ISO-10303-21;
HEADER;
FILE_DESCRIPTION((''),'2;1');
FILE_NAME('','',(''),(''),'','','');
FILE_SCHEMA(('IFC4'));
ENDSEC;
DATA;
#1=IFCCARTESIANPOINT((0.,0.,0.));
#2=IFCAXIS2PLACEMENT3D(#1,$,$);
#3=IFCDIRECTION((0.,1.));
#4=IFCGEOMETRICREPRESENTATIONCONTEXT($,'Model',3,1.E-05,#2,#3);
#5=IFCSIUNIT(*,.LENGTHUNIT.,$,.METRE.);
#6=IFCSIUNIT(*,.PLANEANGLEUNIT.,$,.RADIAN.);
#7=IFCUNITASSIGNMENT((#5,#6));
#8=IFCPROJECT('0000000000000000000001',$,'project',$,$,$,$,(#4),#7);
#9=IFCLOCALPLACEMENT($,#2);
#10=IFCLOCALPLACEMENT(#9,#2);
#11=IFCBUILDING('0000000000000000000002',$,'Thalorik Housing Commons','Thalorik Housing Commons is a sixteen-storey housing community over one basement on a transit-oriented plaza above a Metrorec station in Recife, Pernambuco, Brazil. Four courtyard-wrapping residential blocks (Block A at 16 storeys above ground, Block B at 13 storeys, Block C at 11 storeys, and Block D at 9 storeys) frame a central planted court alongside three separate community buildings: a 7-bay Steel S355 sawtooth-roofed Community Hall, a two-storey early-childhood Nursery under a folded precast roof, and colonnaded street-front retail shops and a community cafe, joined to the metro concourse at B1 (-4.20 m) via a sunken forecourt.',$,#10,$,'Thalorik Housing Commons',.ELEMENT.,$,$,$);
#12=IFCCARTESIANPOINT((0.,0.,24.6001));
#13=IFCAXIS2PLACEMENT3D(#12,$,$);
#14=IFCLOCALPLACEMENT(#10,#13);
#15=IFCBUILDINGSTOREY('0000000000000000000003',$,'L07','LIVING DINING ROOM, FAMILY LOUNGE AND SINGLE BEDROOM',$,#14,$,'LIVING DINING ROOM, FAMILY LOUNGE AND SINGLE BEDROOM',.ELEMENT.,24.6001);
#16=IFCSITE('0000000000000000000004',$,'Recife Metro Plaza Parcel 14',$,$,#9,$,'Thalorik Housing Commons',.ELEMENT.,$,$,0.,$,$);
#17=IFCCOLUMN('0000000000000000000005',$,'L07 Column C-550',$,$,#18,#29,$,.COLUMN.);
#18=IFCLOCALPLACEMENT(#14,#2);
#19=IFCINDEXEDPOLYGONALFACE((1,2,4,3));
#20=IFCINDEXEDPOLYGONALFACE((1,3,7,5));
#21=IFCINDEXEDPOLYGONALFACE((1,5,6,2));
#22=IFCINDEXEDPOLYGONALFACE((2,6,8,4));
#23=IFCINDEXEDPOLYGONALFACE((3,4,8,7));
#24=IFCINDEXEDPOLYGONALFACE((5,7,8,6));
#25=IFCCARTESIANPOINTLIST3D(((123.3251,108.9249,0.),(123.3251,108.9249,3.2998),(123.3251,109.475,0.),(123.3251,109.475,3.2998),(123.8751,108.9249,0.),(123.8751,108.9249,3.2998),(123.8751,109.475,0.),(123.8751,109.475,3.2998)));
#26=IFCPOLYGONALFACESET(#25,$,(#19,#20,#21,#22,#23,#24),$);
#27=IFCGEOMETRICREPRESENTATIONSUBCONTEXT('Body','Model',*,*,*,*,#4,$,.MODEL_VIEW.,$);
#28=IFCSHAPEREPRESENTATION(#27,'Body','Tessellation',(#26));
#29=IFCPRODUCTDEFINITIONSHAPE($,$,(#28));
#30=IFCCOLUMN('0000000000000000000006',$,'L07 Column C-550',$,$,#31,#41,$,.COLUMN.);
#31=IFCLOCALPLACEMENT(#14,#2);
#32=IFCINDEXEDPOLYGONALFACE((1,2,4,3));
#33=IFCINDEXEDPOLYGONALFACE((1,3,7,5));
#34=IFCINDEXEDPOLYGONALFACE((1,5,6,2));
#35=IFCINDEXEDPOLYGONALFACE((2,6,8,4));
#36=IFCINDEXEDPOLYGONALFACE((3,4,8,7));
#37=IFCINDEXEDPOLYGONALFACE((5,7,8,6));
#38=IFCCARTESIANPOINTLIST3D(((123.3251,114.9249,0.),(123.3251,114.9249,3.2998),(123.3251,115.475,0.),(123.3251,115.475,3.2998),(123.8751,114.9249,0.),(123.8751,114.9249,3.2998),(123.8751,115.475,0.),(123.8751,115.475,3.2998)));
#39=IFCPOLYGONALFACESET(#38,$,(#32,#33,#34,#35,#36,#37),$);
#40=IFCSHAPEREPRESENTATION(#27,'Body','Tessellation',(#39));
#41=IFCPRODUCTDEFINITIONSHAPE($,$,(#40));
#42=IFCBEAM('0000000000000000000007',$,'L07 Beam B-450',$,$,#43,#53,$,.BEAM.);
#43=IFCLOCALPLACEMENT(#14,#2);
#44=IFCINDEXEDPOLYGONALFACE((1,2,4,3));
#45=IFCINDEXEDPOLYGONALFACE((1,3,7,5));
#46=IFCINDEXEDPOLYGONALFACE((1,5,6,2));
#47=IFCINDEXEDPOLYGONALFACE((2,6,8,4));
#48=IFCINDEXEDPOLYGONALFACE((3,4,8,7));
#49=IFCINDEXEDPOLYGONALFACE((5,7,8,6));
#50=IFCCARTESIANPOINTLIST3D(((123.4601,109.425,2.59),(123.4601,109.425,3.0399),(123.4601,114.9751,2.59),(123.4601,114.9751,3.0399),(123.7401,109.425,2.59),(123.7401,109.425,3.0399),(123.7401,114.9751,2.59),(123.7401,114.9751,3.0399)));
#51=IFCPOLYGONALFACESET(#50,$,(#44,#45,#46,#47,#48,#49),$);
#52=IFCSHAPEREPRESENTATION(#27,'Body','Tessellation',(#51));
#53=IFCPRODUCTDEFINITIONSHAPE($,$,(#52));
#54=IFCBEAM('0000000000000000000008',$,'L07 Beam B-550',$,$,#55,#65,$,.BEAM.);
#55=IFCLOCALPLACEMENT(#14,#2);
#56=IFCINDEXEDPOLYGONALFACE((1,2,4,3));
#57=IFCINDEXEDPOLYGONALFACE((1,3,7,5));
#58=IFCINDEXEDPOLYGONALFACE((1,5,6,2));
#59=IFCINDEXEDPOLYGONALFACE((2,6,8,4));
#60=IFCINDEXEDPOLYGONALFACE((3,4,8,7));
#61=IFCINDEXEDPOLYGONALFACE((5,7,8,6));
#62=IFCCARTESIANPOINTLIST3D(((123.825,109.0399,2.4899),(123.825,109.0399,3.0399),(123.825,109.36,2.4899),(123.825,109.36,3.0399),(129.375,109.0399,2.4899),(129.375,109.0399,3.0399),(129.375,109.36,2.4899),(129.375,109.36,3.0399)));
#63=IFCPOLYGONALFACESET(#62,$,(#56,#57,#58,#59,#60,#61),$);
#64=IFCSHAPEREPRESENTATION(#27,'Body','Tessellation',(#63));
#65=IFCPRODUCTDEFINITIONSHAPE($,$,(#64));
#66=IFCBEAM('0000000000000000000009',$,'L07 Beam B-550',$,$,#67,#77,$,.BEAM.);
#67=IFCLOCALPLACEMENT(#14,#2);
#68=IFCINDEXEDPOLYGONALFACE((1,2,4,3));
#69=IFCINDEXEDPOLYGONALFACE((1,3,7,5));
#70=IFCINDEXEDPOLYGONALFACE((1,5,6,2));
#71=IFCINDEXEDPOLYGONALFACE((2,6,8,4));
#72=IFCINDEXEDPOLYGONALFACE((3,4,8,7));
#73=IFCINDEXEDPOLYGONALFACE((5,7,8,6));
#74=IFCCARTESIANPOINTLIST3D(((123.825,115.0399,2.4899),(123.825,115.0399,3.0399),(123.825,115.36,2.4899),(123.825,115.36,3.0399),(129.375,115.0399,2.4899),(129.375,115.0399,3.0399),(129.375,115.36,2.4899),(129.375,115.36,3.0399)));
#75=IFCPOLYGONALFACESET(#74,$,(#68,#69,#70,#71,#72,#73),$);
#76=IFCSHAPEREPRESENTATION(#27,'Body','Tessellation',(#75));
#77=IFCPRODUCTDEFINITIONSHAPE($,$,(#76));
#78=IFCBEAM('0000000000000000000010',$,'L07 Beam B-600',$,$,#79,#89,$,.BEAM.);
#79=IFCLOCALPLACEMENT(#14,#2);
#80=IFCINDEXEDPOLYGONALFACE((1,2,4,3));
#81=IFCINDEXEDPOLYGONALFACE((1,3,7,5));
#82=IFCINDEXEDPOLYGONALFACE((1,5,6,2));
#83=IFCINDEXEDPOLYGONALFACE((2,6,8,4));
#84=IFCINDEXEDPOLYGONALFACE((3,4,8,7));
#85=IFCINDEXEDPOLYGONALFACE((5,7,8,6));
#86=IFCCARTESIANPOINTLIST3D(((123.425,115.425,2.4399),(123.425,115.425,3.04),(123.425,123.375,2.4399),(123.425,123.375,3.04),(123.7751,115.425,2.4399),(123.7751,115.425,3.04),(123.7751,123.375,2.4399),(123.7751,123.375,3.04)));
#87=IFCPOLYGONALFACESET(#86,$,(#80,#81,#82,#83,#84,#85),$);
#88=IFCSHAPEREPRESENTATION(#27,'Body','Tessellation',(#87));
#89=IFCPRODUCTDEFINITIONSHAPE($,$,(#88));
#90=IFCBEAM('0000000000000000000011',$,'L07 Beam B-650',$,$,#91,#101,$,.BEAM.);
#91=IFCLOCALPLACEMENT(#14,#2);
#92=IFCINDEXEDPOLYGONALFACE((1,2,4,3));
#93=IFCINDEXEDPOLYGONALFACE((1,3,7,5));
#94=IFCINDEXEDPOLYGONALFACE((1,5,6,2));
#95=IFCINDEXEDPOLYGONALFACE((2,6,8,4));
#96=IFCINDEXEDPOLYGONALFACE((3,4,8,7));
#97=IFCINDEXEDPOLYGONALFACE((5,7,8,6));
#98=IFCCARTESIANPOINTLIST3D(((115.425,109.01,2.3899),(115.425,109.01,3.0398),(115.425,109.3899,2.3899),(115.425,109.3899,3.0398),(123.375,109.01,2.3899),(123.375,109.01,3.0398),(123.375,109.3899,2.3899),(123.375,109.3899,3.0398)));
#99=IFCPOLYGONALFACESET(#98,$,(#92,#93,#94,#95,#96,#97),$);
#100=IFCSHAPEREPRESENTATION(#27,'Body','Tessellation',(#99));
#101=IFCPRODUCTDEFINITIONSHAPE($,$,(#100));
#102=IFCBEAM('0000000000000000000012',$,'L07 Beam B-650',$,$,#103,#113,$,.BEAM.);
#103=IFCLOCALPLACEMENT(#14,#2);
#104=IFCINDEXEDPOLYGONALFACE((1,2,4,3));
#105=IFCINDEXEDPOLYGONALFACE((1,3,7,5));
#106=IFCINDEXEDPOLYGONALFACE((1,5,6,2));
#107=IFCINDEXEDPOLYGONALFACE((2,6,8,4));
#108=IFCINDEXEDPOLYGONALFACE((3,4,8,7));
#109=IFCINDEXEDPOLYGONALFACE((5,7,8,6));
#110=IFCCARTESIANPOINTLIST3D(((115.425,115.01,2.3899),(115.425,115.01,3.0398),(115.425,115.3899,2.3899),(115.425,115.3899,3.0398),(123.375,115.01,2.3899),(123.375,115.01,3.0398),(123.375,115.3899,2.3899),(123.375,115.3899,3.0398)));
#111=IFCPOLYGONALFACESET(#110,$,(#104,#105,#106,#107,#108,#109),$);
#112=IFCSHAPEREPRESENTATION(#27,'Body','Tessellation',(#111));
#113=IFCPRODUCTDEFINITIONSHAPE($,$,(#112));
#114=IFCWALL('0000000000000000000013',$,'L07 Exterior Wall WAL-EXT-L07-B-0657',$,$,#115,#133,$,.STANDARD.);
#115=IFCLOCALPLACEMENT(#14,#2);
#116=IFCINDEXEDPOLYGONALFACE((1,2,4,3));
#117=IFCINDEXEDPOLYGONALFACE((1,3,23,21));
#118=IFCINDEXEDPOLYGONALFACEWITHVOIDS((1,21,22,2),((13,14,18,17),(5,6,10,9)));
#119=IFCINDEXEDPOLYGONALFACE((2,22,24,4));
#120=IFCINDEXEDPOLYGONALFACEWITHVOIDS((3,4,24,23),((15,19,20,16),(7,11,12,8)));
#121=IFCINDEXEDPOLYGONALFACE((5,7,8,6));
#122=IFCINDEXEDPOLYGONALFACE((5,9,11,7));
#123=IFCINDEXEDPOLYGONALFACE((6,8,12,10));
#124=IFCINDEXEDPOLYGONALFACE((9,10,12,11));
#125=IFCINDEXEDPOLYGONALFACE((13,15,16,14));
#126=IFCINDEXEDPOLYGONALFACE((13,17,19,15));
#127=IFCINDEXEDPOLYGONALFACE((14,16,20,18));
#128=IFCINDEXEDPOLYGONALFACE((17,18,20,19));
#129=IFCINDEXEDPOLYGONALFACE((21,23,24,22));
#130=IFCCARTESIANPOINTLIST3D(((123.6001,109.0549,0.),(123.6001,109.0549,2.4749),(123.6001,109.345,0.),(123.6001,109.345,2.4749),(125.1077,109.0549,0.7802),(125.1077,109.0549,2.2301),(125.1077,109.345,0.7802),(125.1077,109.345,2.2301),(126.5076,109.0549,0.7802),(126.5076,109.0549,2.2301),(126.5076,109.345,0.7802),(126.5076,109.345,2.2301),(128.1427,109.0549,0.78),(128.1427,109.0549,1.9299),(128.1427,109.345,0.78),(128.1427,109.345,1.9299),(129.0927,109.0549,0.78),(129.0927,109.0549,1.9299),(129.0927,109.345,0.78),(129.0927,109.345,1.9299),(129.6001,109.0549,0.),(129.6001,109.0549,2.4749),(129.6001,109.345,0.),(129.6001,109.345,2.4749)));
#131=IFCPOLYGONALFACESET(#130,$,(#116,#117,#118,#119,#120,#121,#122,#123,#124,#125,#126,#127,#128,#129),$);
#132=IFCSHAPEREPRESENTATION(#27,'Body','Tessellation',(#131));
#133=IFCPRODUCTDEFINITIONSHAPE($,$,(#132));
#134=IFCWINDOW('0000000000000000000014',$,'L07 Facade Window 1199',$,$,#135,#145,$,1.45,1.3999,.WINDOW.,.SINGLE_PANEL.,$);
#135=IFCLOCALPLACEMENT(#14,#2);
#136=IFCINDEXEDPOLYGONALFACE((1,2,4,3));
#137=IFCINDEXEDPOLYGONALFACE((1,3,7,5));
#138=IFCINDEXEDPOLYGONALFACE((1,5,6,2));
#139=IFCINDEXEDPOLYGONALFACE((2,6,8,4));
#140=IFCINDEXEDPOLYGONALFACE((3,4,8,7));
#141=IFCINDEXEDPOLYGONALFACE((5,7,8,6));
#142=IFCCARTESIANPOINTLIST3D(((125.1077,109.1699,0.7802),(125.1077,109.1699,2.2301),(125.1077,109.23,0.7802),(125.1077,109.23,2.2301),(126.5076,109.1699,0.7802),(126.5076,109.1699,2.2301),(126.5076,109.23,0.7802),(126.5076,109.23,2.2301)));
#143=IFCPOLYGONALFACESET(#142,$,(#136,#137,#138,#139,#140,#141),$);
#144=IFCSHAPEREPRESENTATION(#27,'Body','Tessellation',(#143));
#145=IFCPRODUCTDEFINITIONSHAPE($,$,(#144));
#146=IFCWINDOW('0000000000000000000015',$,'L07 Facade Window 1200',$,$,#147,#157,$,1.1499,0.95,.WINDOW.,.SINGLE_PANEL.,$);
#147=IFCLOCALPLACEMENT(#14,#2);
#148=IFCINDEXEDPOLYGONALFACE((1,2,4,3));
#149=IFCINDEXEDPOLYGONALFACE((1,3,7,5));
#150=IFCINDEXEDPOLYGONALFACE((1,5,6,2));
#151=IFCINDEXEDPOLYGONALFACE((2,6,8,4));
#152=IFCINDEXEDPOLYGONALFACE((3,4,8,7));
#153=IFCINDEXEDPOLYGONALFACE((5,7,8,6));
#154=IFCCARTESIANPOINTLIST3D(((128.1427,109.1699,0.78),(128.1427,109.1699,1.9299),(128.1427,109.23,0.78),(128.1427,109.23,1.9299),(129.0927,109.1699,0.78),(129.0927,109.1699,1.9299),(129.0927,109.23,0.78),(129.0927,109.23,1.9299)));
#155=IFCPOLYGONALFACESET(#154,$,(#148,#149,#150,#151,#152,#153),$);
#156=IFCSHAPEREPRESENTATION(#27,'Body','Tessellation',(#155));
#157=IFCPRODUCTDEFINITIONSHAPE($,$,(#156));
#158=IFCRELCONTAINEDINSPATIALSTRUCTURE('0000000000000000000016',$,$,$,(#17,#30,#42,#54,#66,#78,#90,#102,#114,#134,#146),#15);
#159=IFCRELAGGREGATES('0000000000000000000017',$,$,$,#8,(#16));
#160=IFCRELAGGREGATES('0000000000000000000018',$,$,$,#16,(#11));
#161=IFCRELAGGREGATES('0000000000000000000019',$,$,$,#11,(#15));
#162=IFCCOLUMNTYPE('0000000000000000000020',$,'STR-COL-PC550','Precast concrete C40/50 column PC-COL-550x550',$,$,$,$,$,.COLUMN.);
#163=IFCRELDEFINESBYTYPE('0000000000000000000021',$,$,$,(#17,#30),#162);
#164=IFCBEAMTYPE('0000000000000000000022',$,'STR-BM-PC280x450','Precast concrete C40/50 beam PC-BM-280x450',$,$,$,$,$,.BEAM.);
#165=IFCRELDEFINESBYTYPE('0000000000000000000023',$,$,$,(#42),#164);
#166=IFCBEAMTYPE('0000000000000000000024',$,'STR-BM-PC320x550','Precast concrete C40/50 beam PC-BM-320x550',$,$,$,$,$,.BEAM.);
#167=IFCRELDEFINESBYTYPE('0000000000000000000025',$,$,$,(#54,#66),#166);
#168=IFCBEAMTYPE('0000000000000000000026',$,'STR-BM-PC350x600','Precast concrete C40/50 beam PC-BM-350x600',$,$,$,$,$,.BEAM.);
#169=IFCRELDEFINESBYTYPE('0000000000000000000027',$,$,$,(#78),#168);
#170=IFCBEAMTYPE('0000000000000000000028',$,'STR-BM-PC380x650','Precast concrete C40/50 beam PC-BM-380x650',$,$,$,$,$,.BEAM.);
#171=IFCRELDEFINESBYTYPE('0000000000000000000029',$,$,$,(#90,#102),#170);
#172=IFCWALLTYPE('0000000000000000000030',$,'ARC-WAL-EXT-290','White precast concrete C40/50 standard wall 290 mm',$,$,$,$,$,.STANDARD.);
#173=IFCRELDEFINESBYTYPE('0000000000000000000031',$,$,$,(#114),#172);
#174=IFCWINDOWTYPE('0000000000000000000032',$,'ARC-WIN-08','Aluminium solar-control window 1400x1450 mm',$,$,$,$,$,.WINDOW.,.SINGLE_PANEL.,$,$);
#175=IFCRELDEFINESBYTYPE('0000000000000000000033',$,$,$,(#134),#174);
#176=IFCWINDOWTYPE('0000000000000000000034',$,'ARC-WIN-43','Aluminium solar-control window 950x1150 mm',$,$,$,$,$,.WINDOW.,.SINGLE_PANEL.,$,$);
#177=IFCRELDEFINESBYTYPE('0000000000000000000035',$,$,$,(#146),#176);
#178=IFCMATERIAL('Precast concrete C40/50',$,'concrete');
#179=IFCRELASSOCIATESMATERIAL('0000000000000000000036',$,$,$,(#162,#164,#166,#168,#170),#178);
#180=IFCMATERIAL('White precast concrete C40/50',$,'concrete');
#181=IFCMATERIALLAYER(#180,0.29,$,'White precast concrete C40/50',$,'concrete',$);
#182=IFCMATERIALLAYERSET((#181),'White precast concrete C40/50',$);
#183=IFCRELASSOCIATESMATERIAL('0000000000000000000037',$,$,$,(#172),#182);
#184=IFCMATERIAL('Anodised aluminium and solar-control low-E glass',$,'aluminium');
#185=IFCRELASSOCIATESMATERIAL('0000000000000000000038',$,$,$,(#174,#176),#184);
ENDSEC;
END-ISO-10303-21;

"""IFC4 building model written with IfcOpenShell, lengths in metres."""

from ifc_helpers import new_model, si_unit, direction, frame, frame_2d, origin, origin_2d, place, context, subcontext, project, spatial, rectangle, extrude, material, layer, layer_set, material_profile, profile_set, type_object, element, fill, save


model = new_model("IFC4")

# Units and contexts
model_context = context("Model", 3, precision=1e-05, world=origin(), true_north=direction((0.0, 1.0)))
body_context = subcontext(model_context, "Body", "Model", "MODEL_VIEW")
ifc_project = project(units=[si_unit("LENGTHUNIT", "METRE"), si_unit("PLANEANGLEUNIT", "RADIAN")], contexts=[model_context])

# Site, building, storey
site_placement = place(None, origin())
site = spatial("IfcSite", under=ifc_project, at=site_placement, Name="Recife Metro Plaza Parcel 14", LongName="Thalorik Housing Commons", CompositionType="ELEMENT", RefElevation=0.0)
building_placement = place(site_placement, origin())
building = spatial("IfcBuilding", under=site, at=building_placement, Name="Thalorik Housing Commons", Description="Thalorik Housing Commons is a sixteen-storey housing community over one basement on a transit-oriented plaza above a Metrorec station in Recife, Pernambuco, Brazil. Four courtyard-wrapping residential blocks (Block A at 16 storeys above ground, Block B at 13 storeys, Block C at 11 storeys, and Block D at 9 storeys) frame a central planted court alongside three separate community buildings: a 7-bay Steel S355 sawtooth-roofed Community Hall, a two-storey early-childhood Nursery under a folded precast roof, and colonnaded street-front retail shops and a community cafe, joined to the metro concourse at B1 (-4.20 m) via a sunken forecourt.", LongName="Thalorik Housing Commons", CompositionType="ELEMENT")
storey_placement = place(building_placement, frame((0.0, 0.0, 24.6001)))
storey = spatial("IfcBuildingStorey", under=building, at=storey_placement, Name="L07", Description="LIVING DINING ROOM, FAMILY LOUNGE AND SINGLE BEDROOM", LongName="LIVING DINING ROOM, FAMILY LOUNGE AND SINGLE BEDROOM", CompositionType="ELEMENT", Elevation=24.6001)

# Columns
ifc_material_1 = material(Name="Precast concrete C40/50", Category="concrete")
ifc_material_profile_1 = material_profile(ifc_material_1, rectangle(XDim=0.55, YDim=0.55, at=origin_2d()), Name="PC 550x550", Category="concrete")
ifc_profile_set_1 = profile_set([ifc_material_profile_1], Name="Precast concrete C40/50")
column_type = type_object("IfcColumnType", Name="STR-COL-PC550", Description="Precast concrete C40/50 column PC-COL-550x550", PredefinedType="COLUMN", material=ifc_profile_set_1)
for number, where, z_axis, x_axis, name in (
    (1, (123.6001, 109.2, 0.0), (0.0, 0.0, 1.0), (1.0, 0.0, 0.0), "L07 Column C-550"),
    (2, (123.6001, 115.2, 0.0), (0.0, 0.0, 1.0), (1.0, 0.0, 0.0), "L07 Column C-550"),
):
    element("IfcColumn", number, at=place(storey_placement, frame(where, z_axis=z_axis, x_axis=x_axis)), inside=storey, type_object=column_type, Name=name, PredefinedType="COLUMN", context=body_context, shape_type="SweptSolid", body=[
        extrude(rectangle(XDim=0.55, YDim=0.55, at=origin_2d()), origin(), (0.0, 0.0, 1.0), 3.2998),
    ])

# Beams
ifc_material_profile_2 = material_profile(ifc_material_1, rectangle(XDim=0.28, YDim=0.45, at=origin_2d()), Name="PC 280x450", Category="concrete")
ifc_profile_set_2 = profile_set([ifc_material_profile_2], Name="Precast concrete C40/50")
beam_type_1 = type_object("IfcBeamType", Name="STR-BM-PC280x450", Description="Precast concrete C40/50 beam PC-BM-280x450", PredefinedType="BEAM", material=ifc_profile_set_2)
beam_1_placement = place(storey_placement, frame((123.6001, 109.425, 2.8149), z_axis=(0.0, 1.0, 0.0), x_axis=(-1.0, 0.0, 0.0)))
element("IfcBeam", 3, at=beam_1_placement, inside=storey, type_object=beam_type_1, Name="L07 Beam B-450", PredefinedType="BEAM", context=body_context, shape_type="SweptSolid", body=[
    extrude(rectangle(XDim=0.28, YDim=0.45, at=origin_2d()), origin(), (0.0, 0.0, 1.0), 5.55),
])
ifc_material_profile_3 = material_profile(ifc_material_1, rectangle(XDim=0.3201, YDim=0.55, at=origin_2d()), Name="PC 320x550", Category="concrete")
ifc_profile_set_3 = profile_set([ifc_material_profile_3], Name="Precast concrete C40/50")
beam_type_2 = type_object("IfcBeamType", Name="STR-BM-PC320x550", Description="Precast concrete C40/50 beam PC-BM-320x550", PredefinedType="BEAM", material=ifc_profile_set_3)
for number, where, z_axis, x_axis, name in (
    (4, (123.825, 109.2, 2.7649), (1.0, 0.0, 0.0), (0.0, 1.0, 0.0), "L07 Beam B-550"),
    (5, (123.825, 115.2, 2.7649), (1.0, 0.0, 0.0), (0.0, 1.0, 0.0), "L07 Beam B-550"),
):
    element("IfcBeam", number, at=place(storey_placement, frame(where, z_axis=z_axis, x_axis=x_axis)), inside=storey, type_object=beam_type_2, Name=name, PredefinedType="BEAM", context=body_context, shape_type="SweptSolid", body=[
        extrude(rectangle(XDim=0.3201, YDim=0.55, at=origin_2d()), origin(), (0.0, 0.0, 1.0), 5.55),
    ])
ifc_material_profile_4 = material_profile(ifc_material_1, rectangle(XDim=0.3501, YDim=0.6001, at=origin_2d()), Name="PC 350x600", Category="concrete")
ifc_profile_set_4 = profile_set([ifc_material_profile_4], Name="Precast concrete C40/50")
beam_type_3 = type_object("IfcBeamType", Name="STR-BM-PC350x600", Description="Precast concrete C40/50 beam PC-BM-350x600", PredefinedType="BEAM", material=ifc_profile_set_4)
beam_2_placement = place(storey_placement, frame((123.6001, 115.425, 2.74), z_axis=(0.0, 1.0, 0.0), x_axis=(-1.0, 0.0, 0.0)))
element("IfcBeam", 6, at=beam_2_placement, inside=storey, type_object=beam_type_3, Name="L07 Beam B-600", PredefinedType="BEAM", context=body_context, shape_type="SweptSolid", body=[
    extrude(rectangle(XDim=0.3501, YDim=0.6001, at=origin_2d()), origin(), (0.0, 0.0, 1.0), 7.95),
])
ifc_material_profile_5 = material_profile(ifc_material_1, rectangle(XDim=0.3799, YDim=0.6499, at=origin_2d()), Name="PC 380x650", Category="concrete")
ifc_profile_set_5 = profile_set([ifc_material_profile_5], Name="Precast concrete C40/50")
beam_type_4 = type_object("IfcBeamType", Name="STR-BM-PC380x650", Description="Precast concrete C40/50 beam PC-BM-380x650", PredefinedType="BEAM", material=ifc_profile_set_5)
for number, where, z_axis, x_axis, name in (
    (7, (115.425, 109.2, 2.7148), (1.0, 0.0, 0.0), (0.0, 1.0, 0.0), "L07 Beam B-650"),
    (8, (115.425, 115.2, 2.7148), (1.0, 0.0, 0.0), (0.0, 1.0, 0.0), "L07 Beam B-650"),
):
    element("IfcBeam", number, at=place(storey_placement, frame(where, z_axis=z_axis, x_axis=x_axis)), inside=storey, type_object=beam_type_4, Name=name, PredefinedType="BEAM", context=body_context, shape_type="SweptSolid", body=[
        extrude(rectangle(XDim=0.3799, YDim=0.6499, at=origin_2d()), origin(), (0.0, 0.0, 1.0), 7.95),
    ])

# Wall, openings, windows
ifc_material_2 = material(Name="White precast concrete C40/50", Category="concrete")
ifc_layer_1 = layer(ifc_material_2, 0.29, Name="White precast concrete C40/50", Category="concrete")
ifc_layer_set_1 = layer_set([ifc_layer_1], Name="White precast concrete C40/50")
wall_type_1 = type_object("IfcWallType", Name="ARC-WAL-EXT-290", Description="White precast concrete C40/50 standard wall 290 mm", PredefinedType="STANDARD", material=ifc_layer_set_1)
wall_1_placement = place(storey_placement, frame((123.6001, 109.2, 0.0), z_axis=(0.0, 0.0, 1.0), x_axis=(1.0, 0.0, 0.0)))
wall_1 = element("IfcWall", 9, at=wall_1_placement, inside=storey, type_object=wall_type_1, Name="L07 Exterior Wall WAL-EXT-L07-B-0657", PredefinedType="STANDARD", context=body_context, shape_type="SweptSolid", body=[
    extrude(rectangle(XDim=6.0, YDim=0.29, at=frame_2d((3.0, 0.0))), origin(), (0.0, 0.0, 1.0), 2.4749),
])
opening_1_placement = place(wall_1_placement, frame((1.5076, 0.0, 0.78)))
opening_1 = element("IfcOpeningElement", 10, at=opening_1_placement, cuts=wall_1, PredefinedType="OPENING", context=body_context, shape_type="SweptSolid", body=[
    extrude(rectangle(XDim=1.3999, YDim=1.45, at=frame_2d((0.7, 0.7251))), frame((0.0, 0.155, 0.0), z_axis=(0.0, -1.0, 0.0), x_axis=(1.0, 0.0, 0.0)), (0.0, 0.0, 1.0), 0.3101),
])
opening_2_placement = place(wall_1_placement, frame((4.5425, 0.0, 0.78)))
opening_2 = element("IfcOpeningElement", 11, at=opening_2_placement, cuts=wall_1, PredefinedType="OPENING", context=body_context, shape_type="SweptSolid", body=[
    extrude(rectangle(XDim=0.95, YDim=1.1499, at=frame_2d((0.4751, 0.575))), frame((0.0, 0.155, 0.0), z_axis=(0.0, -1.0, 0.0), x_axis=(1.0, 0.0, 0.0)), (0.0, 0.0, 1.0), 0.3101),
])
ifc_material_3 = material(Name="Anodised aluminium and solar-control low-E glass", Category="aluminium")
window_type_1 = type_object("IfcWindowType", Name="ARC-WIN-08", Description="Aluminium solar-control window 1400x1450 mm", PartitioningType="SINGLE_PANEL", PredefinedType="WINDOW", material=ifc_material_3)
window_1_placement = place(opening_1_placement, origin())
window_1 = element("IfcWindow", 12, at=window_1_placement, inside=storey, type_object=window_type_1, Name="L07 Facade Window 1199", OverallHeight=1.45, OverallWidth=1.3999, PartitioningType="SINGLE_PANEL", PredefinedType="WINDOW", context=body_context, shape_type="SweptSolid", body=[
    extrude(rectangle(XDim=1.3999, YDim=1.45, at=frame_2d((0.7, 0.7251))), frame((0.0, 0.03, 0.0), z_axis=(0.0, -1.0, 0.0), x_axis=(1.0, 0.0, 0.0)), (0.0, 0.0, 1.0), 0.0601),
])
fill(opening_1, window_1)
window_type_2 = type_object("IfcWindowType", Name="ARC-WIN-43", Description="Aluminium solar-control window 950x1150 mm", PartitioningType="SINGLE_PANEL", PredefinedType="WINDOW", material=ifc_material_3)
window_2_placement = place(opening_2_placement, origin())
window_2 = element("IfcWindow", 13, at=window_2_placement, inside=storey, type_object=window_type_2, Name="L07 Facade Window 1200", OverallHeight=1.1499, OverallWidth=0.95, PartitioningType="SINGLE_PANEL", PredefinedType="WINDOW", context=body_context, shape_type="SweptSolid", body=[
    extrude(rectangle(XDim=0.95, YDim=1.1499, at=frame_2d((0.4751, 0.575))), frame((0.0, 0.03, 0.0), z_axis=(0.0, -1.0, 0.0), x_axis=(1.0, 0.0, 0.0)), (0.0, 0.0, 1.0), 0.0601),
])
fill(opening_2, window_2)

save(model, "model.ifc")
